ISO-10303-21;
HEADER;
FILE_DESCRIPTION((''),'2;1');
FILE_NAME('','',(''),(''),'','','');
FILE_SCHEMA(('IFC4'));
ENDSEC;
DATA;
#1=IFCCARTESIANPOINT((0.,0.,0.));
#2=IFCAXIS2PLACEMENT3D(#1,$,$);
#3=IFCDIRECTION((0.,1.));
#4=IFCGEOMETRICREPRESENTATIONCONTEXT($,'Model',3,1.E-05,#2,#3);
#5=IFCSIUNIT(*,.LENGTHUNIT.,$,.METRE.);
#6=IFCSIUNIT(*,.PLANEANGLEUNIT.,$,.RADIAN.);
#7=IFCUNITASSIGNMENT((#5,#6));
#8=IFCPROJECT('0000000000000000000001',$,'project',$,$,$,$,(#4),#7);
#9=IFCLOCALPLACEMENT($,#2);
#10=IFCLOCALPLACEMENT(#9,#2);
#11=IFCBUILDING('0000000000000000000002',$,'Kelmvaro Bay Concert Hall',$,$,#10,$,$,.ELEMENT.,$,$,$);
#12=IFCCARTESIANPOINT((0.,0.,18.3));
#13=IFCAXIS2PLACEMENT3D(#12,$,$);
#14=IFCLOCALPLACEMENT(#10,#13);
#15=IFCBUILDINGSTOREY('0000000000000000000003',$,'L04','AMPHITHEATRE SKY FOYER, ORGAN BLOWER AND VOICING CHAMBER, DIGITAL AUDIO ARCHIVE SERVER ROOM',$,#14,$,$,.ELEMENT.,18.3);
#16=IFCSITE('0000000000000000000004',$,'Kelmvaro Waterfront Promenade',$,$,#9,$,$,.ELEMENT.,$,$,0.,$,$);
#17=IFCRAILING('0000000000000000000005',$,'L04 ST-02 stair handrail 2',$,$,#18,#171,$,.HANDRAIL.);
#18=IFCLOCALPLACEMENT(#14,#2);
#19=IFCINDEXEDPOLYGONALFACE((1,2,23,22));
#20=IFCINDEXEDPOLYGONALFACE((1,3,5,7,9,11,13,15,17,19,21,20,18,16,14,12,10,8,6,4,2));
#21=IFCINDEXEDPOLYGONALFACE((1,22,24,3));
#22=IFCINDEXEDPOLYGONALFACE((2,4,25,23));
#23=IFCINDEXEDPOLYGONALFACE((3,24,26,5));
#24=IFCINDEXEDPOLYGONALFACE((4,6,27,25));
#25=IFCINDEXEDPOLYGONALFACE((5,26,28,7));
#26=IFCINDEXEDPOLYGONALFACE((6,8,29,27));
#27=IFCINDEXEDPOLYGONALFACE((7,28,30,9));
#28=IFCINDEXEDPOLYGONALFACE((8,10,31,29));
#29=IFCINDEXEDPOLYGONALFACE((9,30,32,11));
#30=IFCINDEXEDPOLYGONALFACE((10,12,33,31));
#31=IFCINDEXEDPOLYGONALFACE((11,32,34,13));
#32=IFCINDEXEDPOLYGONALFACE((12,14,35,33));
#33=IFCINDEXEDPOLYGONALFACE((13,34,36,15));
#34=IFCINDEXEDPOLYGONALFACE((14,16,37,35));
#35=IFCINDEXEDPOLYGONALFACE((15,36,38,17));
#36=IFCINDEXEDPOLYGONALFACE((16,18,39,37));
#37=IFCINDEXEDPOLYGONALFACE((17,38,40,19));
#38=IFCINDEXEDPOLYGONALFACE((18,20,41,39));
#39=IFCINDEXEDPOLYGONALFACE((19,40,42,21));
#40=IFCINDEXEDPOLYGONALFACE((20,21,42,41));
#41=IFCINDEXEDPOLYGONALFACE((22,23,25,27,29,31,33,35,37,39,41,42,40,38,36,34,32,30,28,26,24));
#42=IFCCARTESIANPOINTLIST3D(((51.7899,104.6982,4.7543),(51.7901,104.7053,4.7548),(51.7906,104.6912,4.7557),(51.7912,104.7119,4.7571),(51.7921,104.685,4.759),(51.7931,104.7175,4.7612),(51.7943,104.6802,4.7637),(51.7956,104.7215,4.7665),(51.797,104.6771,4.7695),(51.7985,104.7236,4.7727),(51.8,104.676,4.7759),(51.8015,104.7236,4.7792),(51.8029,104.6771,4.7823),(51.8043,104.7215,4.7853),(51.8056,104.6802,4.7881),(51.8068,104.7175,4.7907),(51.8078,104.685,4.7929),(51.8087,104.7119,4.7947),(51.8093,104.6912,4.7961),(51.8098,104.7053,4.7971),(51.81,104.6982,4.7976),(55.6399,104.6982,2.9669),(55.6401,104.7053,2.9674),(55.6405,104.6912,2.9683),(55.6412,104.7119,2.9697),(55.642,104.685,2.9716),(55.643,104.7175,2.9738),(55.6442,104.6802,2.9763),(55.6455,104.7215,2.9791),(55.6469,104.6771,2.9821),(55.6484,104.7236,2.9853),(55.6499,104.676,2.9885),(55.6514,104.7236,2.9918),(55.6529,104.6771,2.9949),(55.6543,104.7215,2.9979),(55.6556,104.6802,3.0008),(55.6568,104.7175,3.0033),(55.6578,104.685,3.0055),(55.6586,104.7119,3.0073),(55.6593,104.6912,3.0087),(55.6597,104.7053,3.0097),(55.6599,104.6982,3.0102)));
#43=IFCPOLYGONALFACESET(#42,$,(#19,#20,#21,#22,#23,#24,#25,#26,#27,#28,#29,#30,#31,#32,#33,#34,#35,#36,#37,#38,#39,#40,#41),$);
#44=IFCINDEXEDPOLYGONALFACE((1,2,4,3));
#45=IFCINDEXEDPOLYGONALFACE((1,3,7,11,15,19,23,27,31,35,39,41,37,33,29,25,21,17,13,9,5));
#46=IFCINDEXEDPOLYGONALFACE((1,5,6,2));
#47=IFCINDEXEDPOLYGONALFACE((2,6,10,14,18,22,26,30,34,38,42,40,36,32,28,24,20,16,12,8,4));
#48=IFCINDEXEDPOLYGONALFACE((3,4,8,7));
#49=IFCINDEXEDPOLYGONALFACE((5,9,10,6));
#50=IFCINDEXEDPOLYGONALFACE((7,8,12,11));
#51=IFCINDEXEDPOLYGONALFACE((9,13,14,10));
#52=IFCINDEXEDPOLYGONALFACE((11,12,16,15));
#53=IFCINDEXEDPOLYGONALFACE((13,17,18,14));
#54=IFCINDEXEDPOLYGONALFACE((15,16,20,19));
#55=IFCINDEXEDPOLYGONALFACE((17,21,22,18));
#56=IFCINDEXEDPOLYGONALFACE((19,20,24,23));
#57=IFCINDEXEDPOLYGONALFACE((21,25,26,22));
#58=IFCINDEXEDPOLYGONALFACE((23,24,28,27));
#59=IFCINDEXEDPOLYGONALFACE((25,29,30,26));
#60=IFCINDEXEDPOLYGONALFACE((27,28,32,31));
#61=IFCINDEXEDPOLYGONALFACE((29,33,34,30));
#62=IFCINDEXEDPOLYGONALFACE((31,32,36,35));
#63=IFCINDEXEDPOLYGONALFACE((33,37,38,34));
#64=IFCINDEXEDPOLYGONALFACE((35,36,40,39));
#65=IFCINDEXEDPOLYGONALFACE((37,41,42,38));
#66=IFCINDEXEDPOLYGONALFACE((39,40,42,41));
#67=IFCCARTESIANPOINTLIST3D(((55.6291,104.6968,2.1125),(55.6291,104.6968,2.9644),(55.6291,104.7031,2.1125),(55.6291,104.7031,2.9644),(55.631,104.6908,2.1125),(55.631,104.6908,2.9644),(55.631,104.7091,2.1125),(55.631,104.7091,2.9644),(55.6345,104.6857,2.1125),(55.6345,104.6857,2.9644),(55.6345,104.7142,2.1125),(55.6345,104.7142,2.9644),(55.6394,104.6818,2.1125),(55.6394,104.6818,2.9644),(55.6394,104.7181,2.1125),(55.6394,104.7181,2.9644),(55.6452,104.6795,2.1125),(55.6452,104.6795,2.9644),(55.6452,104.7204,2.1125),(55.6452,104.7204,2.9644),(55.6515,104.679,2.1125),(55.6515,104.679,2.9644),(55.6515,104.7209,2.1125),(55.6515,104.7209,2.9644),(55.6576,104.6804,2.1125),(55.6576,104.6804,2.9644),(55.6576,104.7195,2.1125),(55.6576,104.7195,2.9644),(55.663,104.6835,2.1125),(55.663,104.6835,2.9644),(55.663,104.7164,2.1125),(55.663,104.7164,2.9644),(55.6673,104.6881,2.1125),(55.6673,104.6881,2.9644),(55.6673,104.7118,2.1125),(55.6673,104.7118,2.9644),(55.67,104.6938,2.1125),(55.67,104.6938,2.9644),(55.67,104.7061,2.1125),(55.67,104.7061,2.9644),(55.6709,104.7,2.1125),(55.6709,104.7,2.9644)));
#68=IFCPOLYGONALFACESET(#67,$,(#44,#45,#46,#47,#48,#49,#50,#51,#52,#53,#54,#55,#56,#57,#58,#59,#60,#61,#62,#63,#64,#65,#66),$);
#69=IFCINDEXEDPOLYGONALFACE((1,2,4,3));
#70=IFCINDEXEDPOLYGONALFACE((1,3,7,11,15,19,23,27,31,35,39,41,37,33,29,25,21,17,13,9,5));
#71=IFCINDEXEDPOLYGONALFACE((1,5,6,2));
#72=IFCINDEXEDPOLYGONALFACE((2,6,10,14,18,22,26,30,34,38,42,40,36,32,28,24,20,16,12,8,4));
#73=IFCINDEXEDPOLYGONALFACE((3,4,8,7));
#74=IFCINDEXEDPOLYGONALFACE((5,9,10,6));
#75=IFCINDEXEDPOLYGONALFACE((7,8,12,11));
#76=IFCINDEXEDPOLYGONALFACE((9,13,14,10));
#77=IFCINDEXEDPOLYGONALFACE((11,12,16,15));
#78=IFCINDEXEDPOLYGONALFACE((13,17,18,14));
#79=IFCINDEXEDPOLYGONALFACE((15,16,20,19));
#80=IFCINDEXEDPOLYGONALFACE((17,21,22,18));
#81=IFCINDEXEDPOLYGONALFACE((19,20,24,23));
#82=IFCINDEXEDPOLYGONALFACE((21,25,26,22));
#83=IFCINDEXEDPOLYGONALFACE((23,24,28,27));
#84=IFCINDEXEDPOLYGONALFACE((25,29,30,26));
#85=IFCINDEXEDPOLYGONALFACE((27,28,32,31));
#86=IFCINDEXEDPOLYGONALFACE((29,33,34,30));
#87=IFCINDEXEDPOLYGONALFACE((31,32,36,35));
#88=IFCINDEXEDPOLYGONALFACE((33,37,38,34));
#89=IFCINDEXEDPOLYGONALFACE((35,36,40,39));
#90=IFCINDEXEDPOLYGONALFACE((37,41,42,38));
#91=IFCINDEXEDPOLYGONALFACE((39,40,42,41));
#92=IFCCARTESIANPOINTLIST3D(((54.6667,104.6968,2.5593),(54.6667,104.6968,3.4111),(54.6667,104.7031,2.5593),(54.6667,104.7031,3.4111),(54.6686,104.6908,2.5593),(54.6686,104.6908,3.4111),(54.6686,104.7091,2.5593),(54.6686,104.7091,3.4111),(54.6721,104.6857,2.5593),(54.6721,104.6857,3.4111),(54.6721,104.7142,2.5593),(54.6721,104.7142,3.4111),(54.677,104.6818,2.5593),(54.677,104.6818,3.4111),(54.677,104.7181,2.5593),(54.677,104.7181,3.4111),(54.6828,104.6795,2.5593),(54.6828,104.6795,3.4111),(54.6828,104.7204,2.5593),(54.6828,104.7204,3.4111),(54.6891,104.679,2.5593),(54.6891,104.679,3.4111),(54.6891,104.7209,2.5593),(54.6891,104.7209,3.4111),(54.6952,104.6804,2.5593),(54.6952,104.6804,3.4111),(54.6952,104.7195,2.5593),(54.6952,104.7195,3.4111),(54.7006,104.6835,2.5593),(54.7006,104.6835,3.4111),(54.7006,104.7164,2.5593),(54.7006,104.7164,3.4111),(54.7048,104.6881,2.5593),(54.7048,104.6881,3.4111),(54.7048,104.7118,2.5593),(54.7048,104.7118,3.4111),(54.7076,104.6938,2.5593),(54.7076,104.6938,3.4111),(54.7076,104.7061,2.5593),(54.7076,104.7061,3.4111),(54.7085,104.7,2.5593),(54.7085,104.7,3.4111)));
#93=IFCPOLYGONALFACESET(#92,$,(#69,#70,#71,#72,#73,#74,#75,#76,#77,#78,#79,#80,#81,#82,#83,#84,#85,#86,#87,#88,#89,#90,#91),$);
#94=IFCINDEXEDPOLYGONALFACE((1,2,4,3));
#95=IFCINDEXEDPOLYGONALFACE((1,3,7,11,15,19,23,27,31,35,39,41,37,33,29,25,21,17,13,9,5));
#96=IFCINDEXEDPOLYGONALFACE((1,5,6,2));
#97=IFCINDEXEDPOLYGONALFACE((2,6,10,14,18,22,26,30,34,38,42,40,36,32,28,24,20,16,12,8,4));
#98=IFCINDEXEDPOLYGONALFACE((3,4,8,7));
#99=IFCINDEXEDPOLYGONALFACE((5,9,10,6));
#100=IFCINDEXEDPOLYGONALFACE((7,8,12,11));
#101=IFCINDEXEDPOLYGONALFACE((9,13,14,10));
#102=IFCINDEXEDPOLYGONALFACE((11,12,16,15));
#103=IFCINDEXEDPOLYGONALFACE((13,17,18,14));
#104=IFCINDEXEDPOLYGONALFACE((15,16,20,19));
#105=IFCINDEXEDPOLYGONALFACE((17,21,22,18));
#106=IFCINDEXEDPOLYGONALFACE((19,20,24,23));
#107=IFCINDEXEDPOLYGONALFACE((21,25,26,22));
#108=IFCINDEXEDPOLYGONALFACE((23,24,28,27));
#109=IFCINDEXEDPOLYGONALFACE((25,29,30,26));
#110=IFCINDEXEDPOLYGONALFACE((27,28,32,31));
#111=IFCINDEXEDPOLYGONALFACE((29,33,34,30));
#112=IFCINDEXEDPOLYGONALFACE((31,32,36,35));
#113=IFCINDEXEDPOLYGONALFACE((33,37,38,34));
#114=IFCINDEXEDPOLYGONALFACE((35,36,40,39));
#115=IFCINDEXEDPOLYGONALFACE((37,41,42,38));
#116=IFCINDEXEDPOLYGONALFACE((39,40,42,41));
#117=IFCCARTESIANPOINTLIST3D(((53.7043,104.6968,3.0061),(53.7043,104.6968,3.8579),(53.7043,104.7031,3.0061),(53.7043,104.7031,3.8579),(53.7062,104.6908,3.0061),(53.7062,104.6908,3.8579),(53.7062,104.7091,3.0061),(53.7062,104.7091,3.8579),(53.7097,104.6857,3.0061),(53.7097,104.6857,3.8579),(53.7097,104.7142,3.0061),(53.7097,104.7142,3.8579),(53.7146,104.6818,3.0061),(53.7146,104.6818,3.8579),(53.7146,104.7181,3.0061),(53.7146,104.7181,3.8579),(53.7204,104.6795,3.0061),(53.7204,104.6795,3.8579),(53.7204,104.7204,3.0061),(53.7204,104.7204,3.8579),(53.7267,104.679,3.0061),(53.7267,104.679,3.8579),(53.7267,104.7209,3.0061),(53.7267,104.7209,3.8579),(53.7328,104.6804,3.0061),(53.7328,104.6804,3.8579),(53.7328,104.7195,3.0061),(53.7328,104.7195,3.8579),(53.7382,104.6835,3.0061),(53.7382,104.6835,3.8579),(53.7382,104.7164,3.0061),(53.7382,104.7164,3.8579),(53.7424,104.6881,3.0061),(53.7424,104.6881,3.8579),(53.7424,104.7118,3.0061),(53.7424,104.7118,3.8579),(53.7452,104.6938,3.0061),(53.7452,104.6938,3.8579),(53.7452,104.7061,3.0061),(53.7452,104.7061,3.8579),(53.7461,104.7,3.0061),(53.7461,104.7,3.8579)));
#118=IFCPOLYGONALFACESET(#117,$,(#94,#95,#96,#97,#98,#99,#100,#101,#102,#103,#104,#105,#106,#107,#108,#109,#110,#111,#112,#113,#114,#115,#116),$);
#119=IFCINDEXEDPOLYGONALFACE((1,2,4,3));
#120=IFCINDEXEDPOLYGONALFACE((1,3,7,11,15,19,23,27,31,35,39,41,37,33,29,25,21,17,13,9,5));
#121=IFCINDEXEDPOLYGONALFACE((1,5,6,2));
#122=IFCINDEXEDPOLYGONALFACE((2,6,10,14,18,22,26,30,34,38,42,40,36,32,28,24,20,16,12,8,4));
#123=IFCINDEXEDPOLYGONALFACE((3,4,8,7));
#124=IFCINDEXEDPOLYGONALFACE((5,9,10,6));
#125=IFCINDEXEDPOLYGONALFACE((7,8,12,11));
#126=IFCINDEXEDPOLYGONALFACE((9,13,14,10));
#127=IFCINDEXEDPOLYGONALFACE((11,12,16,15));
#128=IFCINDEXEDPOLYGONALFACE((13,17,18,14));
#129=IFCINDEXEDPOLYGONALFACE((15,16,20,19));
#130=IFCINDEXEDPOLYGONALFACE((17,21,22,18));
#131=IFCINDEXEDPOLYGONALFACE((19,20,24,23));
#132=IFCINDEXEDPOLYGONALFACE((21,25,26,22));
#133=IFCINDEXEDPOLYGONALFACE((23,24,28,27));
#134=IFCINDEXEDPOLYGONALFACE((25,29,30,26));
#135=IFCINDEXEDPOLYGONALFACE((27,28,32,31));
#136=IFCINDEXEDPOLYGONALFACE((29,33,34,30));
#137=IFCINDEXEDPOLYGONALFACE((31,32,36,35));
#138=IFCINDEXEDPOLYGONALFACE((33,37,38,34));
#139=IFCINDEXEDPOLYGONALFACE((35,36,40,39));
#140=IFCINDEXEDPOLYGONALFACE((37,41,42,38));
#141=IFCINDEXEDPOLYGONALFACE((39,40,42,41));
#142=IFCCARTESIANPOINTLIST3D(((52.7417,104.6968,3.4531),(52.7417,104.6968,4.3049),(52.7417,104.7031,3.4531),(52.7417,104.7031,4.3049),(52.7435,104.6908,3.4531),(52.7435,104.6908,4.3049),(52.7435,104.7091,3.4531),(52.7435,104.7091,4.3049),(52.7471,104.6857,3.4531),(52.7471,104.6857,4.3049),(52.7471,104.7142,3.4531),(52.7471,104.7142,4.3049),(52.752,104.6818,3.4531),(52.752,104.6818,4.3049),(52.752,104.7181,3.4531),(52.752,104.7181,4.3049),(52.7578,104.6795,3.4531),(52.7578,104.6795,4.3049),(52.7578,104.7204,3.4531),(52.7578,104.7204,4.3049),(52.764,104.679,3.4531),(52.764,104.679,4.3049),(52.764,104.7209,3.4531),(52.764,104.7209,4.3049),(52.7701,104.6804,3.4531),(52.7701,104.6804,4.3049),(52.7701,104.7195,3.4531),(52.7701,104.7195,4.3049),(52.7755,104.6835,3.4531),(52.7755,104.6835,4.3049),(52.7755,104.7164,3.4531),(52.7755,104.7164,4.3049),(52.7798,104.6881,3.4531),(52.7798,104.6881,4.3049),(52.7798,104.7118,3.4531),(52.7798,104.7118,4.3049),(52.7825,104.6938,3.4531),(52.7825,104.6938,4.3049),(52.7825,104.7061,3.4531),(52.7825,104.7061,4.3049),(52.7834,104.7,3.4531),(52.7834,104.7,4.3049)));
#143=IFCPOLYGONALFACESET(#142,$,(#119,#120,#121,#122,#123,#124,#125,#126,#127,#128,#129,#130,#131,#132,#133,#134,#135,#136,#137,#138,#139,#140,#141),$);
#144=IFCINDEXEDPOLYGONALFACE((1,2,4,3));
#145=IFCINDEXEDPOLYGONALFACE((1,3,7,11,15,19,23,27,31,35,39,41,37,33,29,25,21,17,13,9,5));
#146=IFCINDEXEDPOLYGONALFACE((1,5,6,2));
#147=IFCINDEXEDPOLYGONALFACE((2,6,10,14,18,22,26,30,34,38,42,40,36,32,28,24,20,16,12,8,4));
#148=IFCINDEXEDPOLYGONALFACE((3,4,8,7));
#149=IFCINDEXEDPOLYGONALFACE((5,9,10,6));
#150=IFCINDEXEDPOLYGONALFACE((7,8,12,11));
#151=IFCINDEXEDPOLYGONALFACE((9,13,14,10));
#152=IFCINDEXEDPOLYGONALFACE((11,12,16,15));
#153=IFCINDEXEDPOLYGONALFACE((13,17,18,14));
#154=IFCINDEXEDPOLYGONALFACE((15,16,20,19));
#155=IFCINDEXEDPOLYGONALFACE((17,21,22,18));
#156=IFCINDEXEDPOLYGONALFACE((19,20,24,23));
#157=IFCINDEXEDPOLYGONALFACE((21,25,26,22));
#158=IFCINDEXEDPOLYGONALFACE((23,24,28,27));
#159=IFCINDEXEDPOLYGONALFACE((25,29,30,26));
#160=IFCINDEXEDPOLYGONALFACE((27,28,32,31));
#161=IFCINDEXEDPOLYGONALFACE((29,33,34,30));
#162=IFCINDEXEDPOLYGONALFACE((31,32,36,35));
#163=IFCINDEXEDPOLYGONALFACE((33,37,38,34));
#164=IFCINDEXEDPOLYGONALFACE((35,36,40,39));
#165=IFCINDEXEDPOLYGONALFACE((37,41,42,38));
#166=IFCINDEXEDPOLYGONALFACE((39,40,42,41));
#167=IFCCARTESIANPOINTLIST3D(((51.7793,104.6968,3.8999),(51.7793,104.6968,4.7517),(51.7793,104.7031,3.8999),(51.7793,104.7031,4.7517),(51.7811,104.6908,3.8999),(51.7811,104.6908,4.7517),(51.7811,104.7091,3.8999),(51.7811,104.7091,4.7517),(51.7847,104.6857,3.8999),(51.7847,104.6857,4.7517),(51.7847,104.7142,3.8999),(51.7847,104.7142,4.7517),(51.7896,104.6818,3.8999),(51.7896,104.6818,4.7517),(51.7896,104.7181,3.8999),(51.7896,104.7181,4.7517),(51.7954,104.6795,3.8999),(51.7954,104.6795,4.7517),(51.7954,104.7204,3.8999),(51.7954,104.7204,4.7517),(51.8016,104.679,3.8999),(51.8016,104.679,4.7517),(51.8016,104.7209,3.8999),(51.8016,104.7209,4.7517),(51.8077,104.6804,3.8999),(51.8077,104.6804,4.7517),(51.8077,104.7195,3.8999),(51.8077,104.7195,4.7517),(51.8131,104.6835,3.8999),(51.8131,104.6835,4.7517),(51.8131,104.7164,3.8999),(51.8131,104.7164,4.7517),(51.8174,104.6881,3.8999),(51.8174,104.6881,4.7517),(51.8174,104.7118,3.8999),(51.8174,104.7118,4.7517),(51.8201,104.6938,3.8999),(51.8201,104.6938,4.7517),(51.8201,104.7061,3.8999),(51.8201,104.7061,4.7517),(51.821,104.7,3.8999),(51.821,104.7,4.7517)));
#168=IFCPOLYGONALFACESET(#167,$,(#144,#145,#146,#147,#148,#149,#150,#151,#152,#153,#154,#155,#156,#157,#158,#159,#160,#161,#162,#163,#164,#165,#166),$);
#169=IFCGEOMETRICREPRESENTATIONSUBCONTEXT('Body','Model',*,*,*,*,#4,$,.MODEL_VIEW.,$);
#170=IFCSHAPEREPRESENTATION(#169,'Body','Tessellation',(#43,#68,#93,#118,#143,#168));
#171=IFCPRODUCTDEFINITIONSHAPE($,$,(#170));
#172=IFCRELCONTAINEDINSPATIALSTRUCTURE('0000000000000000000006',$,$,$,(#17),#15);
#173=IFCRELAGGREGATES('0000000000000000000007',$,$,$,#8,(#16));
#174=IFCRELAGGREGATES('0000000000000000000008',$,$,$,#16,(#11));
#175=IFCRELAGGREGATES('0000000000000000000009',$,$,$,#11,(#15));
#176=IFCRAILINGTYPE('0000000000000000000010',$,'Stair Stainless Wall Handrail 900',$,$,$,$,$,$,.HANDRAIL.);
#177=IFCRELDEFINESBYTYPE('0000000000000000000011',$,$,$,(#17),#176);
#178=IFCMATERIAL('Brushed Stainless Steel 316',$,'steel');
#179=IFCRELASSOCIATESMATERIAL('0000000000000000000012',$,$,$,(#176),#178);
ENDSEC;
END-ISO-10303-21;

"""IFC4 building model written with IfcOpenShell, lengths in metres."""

from ifc_helpers import new_model, si_unit, direction, frame, origin, origin_2d, place, context, subcontext, project, spatial, circle, extrude, material, type_object, element, save


model = new_model("IFC4")

# Units and contexts
model_context = context("Model", 3, precision=1e-05, world=origin(), true_north=direction((0.0, 1.0)))
body_context = subcontext(model_context, "Body", "Model", "MODEL_VIEW")
ifc_project = project(units=[si_unit("LENGTHUNIT", "METRE"), si_unit("PLANEANGLEUNIT", "RADIAN")], contexts=[model_context])

# Site, building, storey
site_placement = place(None, origin())
site = spatial("IfcSite", under=ifc_project, at=site_placement, Name="Kelmvaro Waterfront Promenade", CompositionType="ELEMENT", RefElevation=0.0)
building_placement = place(site_placement, origin())
building = spatial("IfcBuilding", under=site, at=building_placement, Name="Kelmvaro Bay Concert Hall", CompositionType="ELEMENT")
storey_placement = place(building_placement, frame((0.0, 0.0, 18.3)))
storey = spatial("IfcBuildingStorey", under=building, at=storey_placement, Name="L04", Description="AMPHITHEATRE SKY FOYER, ORGAN BLOWER AND VOICING CHAMBER, DIGITAL AUDIO ARCHIVE SERVER ROOM", CompositionType="ELEMENT", Elevation=18.3)

# Railing
ifc_material_1 = material(Name="Brushed Stainless Steel 316", Category="steel")
railing_type_1 = type_object("IfcRailingType", Name="Stair Stainless Wall Handrail 900", PredefinedType="HANDRAIL", material=ifc_material_1)
railing_1_placement = place(storey_placement, frame((55.6499, 104.7, 2.1125)))
element("IfcRailing", 1, at=railing_1_placement, inside=storey, type_object=railing_type_1, Name="L04 ST-02 stair handrail 2", PredefinedType="HANDRAIL", context=body_context, shape_type="SweptSolid", body=[
    extrude(circle(Radius=0.0239, at=origin_2d()), frame((0.0, 0.0, 0.876), z_axis=(-0.907016, 0.0, 0.421096), x_axis=(0.0, -1.0, 0.0)), (0.0, 0.0, 1.0), 4.2446),
    extrude(circle(Radius=0.021, at=origin_2d()), origin(), (0.0, 0.0, 1.0), 0.8518),
    extrude(circle(Radius=0.021, at=origin_2d()), frame((-0.9624, 0.0, 0.4468)), (0.0, 0.0, 1.0), 0.8518),
    extrude(circle(Radius=0.021, at=origin_2d()), frame((-1.9248, 0.0, 0.8936)), (0.0, 0.0, 1.0), 0.8518),
    extrude(circle(Radius=0.021, at=origin_2d()), frame((-2.8875, 0.0, 1.3406)), (0.0, 0.0, 1.0), 0.8518),
    extrude(circle(Radius=0.021, at=origin_2d()), frame((-3.8499, 0.0, 1.7874)), (0.0, 0.0, 1.0), 0.8518),
])

save(model, "model.ifc")
